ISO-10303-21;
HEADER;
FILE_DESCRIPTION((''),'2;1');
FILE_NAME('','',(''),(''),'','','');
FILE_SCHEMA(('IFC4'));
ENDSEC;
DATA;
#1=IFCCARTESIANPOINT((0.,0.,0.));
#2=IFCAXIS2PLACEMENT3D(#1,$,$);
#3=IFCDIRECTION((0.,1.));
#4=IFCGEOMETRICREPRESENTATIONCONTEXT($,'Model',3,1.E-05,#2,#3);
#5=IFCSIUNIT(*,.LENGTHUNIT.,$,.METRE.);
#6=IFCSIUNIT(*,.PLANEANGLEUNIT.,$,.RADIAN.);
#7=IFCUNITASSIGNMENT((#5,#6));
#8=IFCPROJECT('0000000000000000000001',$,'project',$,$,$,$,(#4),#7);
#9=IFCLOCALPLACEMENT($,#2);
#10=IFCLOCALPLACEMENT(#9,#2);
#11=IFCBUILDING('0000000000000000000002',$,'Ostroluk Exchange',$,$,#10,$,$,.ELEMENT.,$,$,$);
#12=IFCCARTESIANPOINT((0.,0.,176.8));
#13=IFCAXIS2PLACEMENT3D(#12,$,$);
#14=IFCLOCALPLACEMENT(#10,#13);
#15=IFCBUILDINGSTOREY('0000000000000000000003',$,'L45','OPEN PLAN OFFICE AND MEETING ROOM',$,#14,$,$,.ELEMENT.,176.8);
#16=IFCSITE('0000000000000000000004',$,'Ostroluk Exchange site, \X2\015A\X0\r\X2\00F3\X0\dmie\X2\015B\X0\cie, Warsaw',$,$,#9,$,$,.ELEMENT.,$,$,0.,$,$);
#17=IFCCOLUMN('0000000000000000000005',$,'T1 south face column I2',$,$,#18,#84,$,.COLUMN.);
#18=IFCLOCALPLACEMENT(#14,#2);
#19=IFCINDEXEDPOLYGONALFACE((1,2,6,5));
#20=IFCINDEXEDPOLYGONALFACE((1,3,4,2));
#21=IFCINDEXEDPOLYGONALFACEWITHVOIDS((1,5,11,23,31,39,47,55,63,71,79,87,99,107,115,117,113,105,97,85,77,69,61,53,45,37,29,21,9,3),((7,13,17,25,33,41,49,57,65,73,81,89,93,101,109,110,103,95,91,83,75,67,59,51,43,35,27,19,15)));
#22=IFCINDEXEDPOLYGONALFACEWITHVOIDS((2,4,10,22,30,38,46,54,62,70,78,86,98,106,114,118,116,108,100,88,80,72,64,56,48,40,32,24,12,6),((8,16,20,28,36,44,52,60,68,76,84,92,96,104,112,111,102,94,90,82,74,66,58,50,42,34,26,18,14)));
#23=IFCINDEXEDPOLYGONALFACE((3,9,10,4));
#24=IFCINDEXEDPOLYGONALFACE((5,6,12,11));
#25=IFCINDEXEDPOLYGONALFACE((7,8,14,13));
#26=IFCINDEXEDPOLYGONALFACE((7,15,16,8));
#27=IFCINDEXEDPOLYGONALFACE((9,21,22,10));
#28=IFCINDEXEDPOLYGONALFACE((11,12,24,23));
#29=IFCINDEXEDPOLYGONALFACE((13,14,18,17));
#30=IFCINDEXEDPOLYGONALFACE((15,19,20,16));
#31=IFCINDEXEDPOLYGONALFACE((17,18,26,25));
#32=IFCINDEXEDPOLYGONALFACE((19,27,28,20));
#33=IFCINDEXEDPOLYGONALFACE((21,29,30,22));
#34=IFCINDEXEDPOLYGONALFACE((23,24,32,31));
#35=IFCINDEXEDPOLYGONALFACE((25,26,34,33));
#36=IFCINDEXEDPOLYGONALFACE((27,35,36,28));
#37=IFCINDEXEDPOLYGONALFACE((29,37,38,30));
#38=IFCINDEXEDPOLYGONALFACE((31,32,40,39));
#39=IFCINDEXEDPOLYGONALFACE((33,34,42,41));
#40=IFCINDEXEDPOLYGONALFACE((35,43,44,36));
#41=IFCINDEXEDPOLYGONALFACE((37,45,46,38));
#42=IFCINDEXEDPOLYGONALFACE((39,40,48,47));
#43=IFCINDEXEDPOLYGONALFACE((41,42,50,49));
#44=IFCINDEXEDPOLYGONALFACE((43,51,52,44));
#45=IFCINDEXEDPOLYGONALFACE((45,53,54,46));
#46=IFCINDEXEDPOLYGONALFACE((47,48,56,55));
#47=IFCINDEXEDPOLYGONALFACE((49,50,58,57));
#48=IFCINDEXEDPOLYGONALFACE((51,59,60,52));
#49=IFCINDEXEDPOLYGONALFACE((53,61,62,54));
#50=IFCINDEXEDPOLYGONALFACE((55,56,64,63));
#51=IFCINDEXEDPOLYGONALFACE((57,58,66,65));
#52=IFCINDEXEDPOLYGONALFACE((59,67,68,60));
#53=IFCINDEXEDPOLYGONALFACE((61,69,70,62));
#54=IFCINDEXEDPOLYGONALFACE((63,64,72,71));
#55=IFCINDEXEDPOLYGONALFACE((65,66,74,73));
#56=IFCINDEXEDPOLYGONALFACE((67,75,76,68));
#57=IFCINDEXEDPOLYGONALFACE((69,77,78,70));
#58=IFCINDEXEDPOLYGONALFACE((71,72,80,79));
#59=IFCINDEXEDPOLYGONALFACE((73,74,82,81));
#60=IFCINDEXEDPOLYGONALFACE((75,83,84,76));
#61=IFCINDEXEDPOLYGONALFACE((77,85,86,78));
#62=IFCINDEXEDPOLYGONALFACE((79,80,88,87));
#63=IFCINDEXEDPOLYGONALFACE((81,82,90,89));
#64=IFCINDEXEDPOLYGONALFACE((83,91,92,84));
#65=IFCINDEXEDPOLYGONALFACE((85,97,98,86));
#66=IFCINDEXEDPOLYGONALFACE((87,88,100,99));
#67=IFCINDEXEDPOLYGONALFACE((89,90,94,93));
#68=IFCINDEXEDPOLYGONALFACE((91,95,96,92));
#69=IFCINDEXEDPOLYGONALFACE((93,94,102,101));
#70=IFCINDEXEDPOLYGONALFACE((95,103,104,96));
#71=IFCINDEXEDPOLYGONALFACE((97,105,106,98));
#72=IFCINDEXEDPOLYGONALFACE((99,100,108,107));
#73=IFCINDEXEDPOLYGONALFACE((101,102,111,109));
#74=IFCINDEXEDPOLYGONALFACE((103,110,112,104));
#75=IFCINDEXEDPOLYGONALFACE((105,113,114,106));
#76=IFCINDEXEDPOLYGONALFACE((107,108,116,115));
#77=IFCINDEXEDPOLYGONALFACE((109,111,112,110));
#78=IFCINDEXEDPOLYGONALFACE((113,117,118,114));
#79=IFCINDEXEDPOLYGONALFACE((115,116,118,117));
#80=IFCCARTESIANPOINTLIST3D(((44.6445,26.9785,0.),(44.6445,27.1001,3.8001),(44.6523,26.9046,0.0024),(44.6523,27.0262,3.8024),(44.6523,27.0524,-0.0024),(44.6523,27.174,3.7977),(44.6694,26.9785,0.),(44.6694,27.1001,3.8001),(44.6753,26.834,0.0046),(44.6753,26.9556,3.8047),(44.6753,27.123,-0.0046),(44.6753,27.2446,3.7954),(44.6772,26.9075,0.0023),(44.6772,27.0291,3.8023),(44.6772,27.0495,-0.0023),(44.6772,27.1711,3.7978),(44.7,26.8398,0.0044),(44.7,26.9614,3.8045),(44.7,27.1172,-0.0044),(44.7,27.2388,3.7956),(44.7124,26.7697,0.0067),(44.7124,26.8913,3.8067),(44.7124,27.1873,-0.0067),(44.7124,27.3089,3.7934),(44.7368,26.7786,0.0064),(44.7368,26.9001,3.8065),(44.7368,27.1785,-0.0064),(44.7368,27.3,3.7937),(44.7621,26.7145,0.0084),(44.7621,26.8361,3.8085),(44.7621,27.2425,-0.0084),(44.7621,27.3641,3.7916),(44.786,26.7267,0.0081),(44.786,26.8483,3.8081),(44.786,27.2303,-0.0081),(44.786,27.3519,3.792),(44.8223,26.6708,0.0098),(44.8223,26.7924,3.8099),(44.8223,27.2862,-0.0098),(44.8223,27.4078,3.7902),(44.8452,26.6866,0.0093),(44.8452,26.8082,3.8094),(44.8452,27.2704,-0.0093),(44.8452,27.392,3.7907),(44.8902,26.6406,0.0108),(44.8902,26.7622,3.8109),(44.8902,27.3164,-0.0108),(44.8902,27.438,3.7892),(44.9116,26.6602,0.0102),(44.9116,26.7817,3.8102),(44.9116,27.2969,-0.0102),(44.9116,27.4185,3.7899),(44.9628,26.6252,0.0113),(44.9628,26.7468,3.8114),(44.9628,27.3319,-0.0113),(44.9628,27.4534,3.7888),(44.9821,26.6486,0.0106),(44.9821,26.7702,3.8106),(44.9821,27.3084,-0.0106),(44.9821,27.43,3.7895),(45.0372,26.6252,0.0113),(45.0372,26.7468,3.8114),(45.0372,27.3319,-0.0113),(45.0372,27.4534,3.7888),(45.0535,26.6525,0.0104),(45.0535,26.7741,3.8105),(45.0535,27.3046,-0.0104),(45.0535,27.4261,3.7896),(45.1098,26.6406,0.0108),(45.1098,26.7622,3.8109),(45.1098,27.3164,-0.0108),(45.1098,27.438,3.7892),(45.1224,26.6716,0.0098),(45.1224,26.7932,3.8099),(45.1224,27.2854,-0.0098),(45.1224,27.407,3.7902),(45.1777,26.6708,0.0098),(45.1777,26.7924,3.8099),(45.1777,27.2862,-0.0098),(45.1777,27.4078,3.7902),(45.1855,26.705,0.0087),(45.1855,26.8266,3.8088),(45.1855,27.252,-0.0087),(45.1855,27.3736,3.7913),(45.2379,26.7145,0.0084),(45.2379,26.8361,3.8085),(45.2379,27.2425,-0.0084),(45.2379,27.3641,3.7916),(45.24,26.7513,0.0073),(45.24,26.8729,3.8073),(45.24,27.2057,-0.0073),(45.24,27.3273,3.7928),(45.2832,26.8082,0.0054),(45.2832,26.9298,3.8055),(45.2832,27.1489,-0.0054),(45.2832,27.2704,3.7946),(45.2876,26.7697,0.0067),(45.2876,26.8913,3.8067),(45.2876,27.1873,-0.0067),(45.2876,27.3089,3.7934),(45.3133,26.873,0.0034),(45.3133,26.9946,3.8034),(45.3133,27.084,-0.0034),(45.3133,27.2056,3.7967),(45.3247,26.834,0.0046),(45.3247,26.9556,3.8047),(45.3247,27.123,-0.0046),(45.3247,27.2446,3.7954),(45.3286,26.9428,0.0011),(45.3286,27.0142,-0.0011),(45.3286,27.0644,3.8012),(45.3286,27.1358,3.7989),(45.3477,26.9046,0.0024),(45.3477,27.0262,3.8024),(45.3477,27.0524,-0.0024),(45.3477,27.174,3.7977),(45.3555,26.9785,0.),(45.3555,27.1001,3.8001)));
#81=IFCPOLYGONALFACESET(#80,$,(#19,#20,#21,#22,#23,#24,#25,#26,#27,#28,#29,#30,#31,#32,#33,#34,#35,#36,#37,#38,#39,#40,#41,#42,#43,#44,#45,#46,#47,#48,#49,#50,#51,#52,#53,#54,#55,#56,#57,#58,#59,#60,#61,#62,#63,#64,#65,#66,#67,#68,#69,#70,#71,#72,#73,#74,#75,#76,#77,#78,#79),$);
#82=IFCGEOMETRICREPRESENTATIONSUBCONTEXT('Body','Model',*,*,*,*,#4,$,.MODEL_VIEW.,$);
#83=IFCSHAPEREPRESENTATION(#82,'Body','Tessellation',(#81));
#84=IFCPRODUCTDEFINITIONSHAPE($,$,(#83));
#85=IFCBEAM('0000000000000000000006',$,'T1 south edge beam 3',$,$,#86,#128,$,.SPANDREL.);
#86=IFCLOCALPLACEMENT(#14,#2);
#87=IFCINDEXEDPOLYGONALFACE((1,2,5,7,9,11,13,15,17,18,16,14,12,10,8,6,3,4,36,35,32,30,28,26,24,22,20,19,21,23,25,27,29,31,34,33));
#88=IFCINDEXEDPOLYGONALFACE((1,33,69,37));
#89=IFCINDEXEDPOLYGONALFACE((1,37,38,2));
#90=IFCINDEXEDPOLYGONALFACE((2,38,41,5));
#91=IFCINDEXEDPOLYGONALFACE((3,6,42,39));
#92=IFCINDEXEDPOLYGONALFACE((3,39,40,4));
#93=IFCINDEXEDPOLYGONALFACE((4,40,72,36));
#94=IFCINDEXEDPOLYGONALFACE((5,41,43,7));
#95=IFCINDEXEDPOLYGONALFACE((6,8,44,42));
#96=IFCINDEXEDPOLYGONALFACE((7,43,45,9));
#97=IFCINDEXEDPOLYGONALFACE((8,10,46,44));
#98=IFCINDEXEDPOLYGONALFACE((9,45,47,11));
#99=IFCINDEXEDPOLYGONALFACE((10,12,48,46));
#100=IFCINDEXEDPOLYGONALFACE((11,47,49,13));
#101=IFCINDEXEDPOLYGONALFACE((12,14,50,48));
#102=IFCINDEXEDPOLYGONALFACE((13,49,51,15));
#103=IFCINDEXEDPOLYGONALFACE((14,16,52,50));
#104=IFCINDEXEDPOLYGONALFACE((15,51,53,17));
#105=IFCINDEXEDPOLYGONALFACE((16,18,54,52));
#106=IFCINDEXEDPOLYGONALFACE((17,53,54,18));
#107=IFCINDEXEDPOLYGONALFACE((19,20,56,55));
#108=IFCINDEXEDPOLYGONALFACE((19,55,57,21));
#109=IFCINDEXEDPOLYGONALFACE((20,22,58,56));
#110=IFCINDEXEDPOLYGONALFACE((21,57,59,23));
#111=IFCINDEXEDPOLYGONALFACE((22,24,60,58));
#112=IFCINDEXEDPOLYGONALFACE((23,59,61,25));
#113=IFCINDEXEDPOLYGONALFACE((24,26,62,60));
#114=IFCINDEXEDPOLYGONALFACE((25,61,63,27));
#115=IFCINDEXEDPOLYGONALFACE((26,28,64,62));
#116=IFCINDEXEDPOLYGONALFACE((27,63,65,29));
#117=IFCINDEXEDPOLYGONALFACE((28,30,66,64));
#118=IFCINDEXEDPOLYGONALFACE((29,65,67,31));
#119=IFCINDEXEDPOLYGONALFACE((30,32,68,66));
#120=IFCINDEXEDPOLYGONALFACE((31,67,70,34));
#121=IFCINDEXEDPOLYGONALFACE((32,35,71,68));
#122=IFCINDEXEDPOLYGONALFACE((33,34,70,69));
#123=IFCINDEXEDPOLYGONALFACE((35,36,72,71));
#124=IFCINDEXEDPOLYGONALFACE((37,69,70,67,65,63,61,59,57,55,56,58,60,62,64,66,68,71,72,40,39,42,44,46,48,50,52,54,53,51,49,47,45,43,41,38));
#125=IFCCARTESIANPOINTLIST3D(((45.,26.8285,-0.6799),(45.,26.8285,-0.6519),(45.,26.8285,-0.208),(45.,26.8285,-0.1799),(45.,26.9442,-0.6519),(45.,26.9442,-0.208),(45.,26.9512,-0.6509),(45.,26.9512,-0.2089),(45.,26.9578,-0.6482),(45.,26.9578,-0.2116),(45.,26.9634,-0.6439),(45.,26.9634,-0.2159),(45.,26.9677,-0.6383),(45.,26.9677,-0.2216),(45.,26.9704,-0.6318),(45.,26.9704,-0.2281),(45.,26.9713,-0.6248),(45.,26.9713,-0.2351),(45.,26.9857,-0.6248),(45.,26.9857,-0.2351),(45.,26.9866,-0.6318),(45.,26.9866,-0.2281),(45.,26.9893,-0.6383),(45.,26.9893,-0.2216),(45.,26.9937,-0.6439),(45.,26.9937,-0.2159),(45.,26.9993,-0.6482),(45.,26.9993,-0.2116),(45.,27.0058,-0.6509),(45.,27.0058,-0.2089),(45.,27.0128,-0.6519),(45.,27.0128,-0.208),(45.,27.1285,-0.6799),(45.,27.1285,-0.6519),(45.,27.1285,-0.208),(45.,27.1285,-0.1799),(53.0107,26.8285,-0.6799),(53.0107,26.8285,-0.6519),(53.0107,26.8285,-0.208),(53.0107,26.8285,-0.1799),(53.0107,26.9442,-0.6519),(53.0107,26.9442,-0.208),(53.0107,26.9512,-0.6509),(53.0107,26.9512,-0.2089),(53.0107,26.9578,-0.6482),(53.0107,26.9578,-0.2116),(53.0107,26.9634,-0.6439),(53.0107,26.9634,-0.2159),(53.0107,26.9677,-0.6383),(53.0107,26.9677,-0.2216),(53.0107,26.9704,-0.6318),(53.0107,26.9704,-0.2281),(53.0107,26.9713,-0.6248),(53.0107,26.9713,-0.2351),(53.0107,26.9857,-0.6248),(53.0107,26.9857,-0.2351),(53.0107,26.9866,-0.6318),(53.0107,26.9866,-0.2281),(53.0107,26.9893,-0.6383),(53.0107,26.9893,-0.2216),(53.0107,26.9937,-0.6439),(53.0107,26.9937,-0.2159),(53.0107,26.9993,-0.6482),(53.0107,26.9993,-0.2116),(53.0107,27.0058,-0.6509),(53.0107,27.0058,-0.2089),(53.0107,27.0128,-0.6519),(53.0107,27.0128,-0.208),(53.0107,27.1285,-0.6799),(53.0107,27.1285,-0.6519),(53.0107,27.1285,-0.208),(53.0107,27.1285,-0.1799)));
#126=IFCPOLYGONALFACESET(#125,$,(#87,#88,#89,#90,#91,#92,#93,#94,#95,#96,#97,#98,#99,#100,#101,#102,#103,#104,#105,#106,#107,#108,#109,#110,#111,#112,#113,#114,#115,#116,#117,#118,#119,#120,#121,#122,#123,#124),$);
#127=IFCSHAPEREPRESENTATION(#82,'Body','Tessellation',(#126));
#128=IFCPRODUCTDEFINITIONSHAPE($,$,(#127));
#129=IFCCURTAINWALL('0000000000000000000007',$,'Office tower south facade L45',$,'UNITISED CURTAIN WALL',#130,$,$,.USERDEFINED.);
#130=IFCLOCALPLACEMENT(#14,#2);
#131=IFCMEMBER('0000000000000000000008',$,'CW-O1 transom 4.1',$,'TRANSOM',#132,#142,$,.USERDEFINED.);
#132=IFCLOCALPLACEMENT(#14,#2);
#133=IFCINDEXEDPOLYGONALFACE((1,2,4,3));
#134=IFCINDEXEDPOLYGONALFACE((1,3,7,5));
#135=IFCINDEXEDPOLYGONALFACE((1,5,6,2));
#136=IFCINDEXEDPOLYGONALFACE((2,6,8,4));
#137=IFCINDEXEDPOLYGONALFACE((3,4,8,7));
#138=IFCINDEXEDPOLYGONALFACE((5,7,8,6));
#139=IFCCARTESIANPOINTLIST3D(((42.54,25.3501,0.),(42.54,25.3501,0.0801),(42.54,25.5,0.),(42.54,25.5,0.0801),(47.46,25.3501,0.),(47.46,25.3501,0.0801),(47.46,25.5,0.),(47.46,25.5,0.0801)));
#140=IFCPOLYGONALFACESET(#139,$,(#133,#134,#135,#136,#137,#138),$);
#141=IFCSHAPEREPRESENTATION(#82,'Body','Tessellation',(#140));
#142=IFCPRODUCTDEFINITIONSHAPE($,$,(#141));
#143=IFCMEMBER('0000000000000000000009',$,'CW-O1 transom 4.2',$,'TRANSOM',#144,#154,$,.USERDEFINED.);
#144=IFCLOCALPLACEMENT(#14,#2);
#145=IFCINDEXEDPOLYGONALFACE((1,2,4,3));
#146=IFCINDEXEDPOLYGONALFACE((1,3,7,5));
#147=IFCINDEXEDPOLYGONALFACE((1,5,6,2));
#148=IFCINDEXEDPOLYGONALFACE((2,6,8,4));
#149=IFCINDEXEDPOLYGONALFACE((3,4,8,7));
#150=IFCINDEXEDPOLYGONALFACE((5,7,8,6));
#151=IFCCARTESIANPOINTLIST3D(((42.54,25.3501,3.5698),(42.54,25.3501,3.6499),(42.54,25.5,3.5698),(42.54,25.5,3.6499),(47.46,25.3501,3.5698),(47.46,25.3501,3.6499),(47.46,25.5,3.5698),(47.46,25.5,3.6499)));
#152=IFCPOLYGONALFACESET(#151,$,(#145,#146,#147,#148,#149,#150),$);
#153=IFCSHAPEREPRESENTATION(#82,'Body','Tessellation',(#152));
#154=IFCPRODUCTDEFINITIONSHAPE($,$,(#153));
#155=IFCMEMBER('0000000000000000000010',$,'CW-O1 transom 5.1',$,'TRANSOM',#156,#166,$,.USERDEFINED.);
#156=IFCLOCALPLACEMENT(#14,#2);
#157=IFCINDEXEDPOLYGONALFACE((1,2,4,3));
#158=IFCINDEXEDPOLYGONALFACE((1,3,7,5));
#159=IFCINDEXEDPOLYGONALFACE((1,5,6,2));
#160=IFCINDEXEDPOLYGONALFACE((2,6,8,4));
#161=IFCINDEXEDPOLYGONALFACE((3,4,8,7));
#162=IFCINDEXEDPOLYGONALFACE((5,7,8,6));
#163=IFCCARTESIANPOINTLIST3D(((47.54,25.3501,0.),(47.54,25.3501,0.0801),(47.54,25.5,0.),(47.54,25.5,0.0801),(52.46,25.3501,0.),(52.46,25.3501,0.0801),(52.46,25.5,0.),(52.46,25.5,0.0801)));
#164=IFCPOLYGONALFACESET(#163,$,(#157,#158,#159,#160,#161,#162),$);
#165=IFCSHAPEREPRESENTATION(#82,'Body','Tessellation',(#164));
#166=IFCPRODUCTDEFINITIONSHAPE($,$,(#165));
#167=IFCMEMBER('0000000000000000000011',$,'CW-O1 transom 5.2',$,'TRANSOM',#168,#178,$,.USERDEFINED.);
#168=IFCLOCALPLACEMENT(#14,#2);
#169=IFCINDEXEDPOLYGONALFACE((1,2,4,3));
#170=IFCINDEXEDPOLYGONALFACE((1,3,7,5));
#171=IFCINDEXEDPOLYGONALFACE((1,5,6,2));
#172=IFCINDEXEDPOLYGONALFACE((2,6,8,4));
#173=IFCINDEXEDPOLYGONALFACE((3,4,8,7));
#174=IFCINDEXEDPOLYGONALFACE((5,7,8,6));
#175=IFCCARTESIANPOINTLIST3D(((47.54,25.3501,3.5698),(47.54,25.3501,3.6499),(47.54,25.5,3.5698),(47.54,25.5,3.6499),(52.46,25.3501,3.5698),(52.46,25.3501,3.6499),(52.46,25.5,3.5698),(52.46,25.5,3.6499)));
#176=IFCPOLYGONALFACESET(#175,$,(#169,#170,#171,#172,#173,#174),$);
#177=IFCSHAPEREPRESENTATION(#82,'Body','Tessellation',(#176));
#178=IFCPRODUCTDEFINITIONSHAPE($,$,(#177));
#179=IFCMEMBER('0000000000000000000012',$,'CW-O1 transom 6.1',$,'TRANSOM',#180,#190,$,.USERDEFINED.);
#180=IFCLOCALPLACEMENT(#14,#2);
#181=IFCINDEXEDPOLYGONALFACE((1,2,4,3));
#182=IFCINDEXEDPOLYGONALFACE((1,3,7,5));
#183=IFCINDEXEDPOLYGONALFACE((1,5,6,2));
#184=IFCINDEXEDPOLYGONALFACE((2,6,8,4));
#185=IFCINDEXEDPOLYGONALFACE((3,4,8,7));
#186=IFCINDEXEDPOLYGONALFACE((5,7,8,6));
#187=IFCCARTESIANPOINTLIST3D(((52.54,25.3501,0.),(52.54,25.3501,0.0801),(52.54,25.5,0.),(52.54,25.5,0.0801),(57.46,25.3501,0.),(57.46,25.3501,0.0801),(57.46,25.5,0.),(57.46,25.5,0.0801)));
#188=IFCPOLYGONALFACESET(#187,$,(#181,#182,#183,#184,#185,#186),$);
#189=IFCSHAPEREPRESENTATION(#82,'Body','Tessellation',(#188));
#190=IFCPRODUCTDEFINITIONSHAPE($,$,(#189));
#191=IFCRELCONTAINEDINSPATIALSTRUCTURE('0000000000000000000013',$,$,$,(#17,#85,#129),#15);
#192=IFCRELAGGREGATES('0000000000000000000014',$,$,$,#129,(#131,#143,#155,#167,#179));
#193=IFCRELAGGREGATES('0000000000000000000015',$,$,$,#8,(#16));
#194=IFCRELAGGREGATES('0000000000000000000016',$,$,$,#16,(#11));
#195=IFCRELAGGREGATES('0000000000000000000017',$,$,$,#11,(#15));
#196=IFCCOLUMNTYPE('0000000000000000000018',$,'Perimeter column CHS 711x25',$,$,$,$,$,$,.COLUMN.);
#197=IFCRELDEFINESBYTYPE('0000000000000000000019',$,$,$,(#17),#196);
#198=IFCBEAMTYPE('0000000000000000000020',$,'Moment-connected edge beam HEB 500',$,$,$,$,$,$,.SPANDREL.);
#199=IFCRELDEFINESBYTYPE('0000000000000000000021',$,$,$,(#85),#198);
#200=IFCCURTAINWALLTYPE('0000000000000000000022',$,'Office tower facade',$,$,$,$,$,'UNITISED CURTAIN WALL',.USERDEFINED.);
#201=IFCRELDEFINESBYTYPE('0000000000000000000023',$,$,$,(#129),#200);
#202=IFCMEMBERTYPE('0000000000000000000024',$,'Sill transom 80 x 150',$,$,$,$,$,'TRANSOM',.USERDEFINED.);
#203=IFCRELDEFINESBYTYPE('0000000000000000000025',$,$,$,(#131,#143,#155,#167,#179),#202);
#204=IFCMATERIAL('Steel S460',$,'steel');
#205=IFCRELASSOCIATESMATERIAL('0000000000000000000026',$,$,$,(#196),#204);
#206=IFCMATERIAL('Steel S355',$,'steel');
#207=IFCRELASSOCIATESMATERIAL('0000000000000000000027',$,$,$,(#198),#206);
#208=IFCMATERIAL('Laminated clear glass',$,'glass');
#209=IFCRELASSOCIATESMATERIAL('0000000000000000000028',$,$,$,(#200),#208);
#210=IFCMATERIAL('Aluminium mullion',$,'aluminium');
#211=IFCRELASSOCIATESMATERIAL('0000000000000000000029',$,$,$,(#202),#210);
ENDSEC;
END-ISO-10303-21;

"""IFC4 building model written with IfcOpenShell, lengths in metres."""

from ifc_helpers import new_model, si_unit, direction, frame, origin, origin_2d, place, context, subcontext, project, spatial, rectangle, hollow_circle, i_section, extrude, material, material_profile, profile_set, type_object, element, aggregate, save


model = new_model("IFC4")

# Units and contexts
model_context = context("Model", 3, precision=1e-05, world=origin(), true_north=direction((0.0, 1.0)))
body_context = subcontext(model_context, "Body", "Model", "MODEL_VIEW")
ifc_project = project(units=[si_unit("LENGTHUNIT", "METRE"), si_unit("PLANEANGLEUNIT", "RADIAN")], contexts=[model_context])

# Site, building, storey
site_placement = place(None, origin())
site = spatial("IfcSite", under=ifc_project, at=site_placement, Name="Ostroluk Exchange site, Śródmieście, Warsaw", CompositionType="ELEMENT", RefElevation=0.0)
building_placement = place(site_placement, origin())
building = spatial("IfcBuilding", under=site, at=building_placement, Name="Ostroluk Exchange", CompositionType="ELEMENT")
storey_placement = place(building_placement, frame((0.0, 0.0, 176.8)))
storey = spatial("IfcBuildingStorey", under=building, at=storey_placement, Name="L45", Description="OPEN PLAN OFFICE AND MEETING ROOM", CompositionType="ELEMENT", Elevation=176.8)

# Column
ifc_material_1 = material(Name="Steel S460", Category="steel")
ifc_material_profile_1 = material_profile(ifc_material_1, hollow_circle(Radius=0.3555, WallThickness=0.0249, at=origin_2d()), Name="CHS 711x25")
ifc_profile_set_1 = profile_set([ifc_material_profile_1], Name="Steel S460")
column_type = type_object("IfcColumnType", Name="Perimeter column CHS 711x25", PredefinedType="COLUMN", material=ifc_profile_set_1)
column_placement = place(storey_placement, frame((45.0, 26.9785, 0.0), z_axis=(0.0, 0.031978, 0.999489), x_axis=(-1.0, 0.0, 0.0)))
element("IfcColumn", 1, at=column_placement, inside=storey, type_object=column_type, Name="T1 south face column I2", PredefinedType="COLUMN", context=body_context, shape_type="SweptSolid", body=[
    extrude(hollow_circle(Radius=0.3555, WallThickness=0.0249, at=origin_2d()), origin(), (0.0, 0.0, 1.0), 3.802),
])

# Beam
ifc_material_2 = material(Name="Steel S355", Category="steel")
ifc_material_profile_2 = material_profile(ifc_material_2, i_section(OverallWidth=0.3, OverallDepth=0.5, WebThickness=0.0144, FlangeThickness=0.0281, FilletRadius=0.0271, at=origin_2d()), Name="HEB 500")
ifc_profile_set_2 = profile_set([ifc_material_profile_2], Name="Steel S355")
beam_type = type_object("IfcBeamType", Name="Moment-connected edge beam HEB 500", PredefinedType="SPANDREL", material=ifc_profile_set_2)
beam_placement = place(storey_placement, frame((45.0, 26.9785, -0.4299), z_axis=(1.0, 0.0, 0.0), x_axis=(0.0, 1.0, 0.0)))
element("IfcBeam", 2, at=beam_placement, inside=storey, type_object=beam_type, Name="T1 south edge beam 3", PredefinedType="SPANDREL", context=body_context, shape_type="SweptSolid", body=[
    extrude(i_section(OverallWidth=0.3, OverallDepth=0.5, WebThickness=0.0144, FlangeThickness=0.0281, FilletRadius=0.0271, at=origin_2d()), origin(), (0.0, 0.0, 1.0), 8.0107),
])

# Curtain wall, members
ifc_material_3 = material(Name="Laminated clear glass", Category="glass")
curtain_wall_type = type_object("IfcCurtainWallType", Name="Office tower facade", ElementType="UNITISED CURTAIN WALL", PredefinedType="USERDEFINED", material=ifc_material_3)
curtain_wall_placement = place(storey_placement, origin())
curtain_wall = element("IfcCurtainWall", 3, at=curtain_wall_placement, inside=storey, type_object=curtain_wall_type, Name="Office tower south facade L45", ObjectType="UNITISED CURTAIN WALL", PredefinedType="USERDEFINED")
ifc_material_4 = material(Name="Aluminium mullion", Category="aluminium")
ifc_material_profile_3 = material_profile(ifc_material_4, rectangle(XDim=0.1499, YDim=0.0801, at=origin_2d()), Name="Sill transom 80 x 150")
ifc_profile_set_3 = profile_set([ifc_material_profile_3], Name="Aluminium mullion")
member_type_1 = type_object("IfcMemberType", Name="Sill transom 80 x 150", ElementType="TRANSOM", PredefinedType="USERDEFINED", material=ifc_profile_set_3)
member_1_placement = place(storey_placement, frame((42.54, 25.425, 0.04), z_axis=(1.0, 0.0, 0.0), x_axis=(0.0, 1.0, 0.0)))
member_1 = element("IfcMember", 4, at=member_1_placement, type_object=member_type_1, Name="CW-O1 transom 4.1", ObjectType="TRANSOM", PredefinedType="USERDEFINED", context=body_context, shape_type="SweptSolid", body=[
    extrude(rectangle(XDim=0.1499, YDim=0.0801, at=origin_2d()), origin(), (0.0, 0.0, 1.0), 4.9199),
])
member_2_placement = place(storey_placement, frame((42.54, 25.425, 3.6099), z_axis=(1.0, 0.0, 0.0), x_axis=(0.0, 1.0, 0.0)))
member_2 = element("IfcMember", 5, at=member_2_placement, type_object=member_type_1, Name="CW-O1 transom 4.2", ObjectType="TRANSOM", PredefinedType="USERDEFINED", context=body_context, shape_type="SweptSolid", body=[
    extrude(rectangle(XDim=0.1499, YDim=0.0801, at=origin_2d()), origin(), (0.0, 0.0, 1.0), 4.9199),
])
member_3_placement = place(storey_placement, frame((47.54, 25.425, 0.04), z_axis=(1.0, 0.0, 0.0), x_axis=(0.0, 1.0, 0.0)))
member_3 = element("IfcMember", 6, at=member_3_placement, type_object=member_type_1, Name="CW-O1 transom 5.1", ObjectType="TRANSOM", PredefinedType="USERDEFINED", context=body_context, shape_type="SweptSolid", body=[
    extrude(rectangle(XDim=0.1499, YDim=0.0801, at=origin_2d()), origin(), (0.0, 0.0, 1.0), 4.9199),
])
member_4_placement = place(storey_placement, frame((47.54, 25.425, 3.6099), z_axis=(1.0, 0.0, 0.0), x_axis=(0.0, 1.0, 0.0)))
member_4 = element("IfcMember", 7, at=member_4_placement, type_object=member_type_1, Name="CW-O1 transom 5.2", ObjectType="TRANSOM", PredefinedType="USERDEFINED", context=body_context, shape_type="SweptSolid", body=[
    extrude(rectangle(XDim=0.1499, YDim=0.0801, at=origin_2d()), origin(), (0.0, 0.0, 1.0), 4.9199),
])
member_5_placement = place(storey_placement, frame((52.54, 25.425, 0.04), z_axis=(1.0, 0.0, 0.0), x_axis=(0.0, 1.0, 0.0)))
member_5 = element("IfcMember", 8, at=member_5_placement, type_object=member_type_1, Name="CW-O1 transom 6.1", ObjectType="TRANSOM", PredefinedType="USERDEFINED", context=body_context, shape_type="SweptSolid", body=[
    extrude(rectangle(XDim=0.1499, YDim=0.0801, at=origin_2d()), origin(), (0.0, 0.0, 1.0), 4.9199),
])
aggregate(curtain_wall, [member_1, member_2, member_3, member_4, member_5])

save(model, "model.ifc")
